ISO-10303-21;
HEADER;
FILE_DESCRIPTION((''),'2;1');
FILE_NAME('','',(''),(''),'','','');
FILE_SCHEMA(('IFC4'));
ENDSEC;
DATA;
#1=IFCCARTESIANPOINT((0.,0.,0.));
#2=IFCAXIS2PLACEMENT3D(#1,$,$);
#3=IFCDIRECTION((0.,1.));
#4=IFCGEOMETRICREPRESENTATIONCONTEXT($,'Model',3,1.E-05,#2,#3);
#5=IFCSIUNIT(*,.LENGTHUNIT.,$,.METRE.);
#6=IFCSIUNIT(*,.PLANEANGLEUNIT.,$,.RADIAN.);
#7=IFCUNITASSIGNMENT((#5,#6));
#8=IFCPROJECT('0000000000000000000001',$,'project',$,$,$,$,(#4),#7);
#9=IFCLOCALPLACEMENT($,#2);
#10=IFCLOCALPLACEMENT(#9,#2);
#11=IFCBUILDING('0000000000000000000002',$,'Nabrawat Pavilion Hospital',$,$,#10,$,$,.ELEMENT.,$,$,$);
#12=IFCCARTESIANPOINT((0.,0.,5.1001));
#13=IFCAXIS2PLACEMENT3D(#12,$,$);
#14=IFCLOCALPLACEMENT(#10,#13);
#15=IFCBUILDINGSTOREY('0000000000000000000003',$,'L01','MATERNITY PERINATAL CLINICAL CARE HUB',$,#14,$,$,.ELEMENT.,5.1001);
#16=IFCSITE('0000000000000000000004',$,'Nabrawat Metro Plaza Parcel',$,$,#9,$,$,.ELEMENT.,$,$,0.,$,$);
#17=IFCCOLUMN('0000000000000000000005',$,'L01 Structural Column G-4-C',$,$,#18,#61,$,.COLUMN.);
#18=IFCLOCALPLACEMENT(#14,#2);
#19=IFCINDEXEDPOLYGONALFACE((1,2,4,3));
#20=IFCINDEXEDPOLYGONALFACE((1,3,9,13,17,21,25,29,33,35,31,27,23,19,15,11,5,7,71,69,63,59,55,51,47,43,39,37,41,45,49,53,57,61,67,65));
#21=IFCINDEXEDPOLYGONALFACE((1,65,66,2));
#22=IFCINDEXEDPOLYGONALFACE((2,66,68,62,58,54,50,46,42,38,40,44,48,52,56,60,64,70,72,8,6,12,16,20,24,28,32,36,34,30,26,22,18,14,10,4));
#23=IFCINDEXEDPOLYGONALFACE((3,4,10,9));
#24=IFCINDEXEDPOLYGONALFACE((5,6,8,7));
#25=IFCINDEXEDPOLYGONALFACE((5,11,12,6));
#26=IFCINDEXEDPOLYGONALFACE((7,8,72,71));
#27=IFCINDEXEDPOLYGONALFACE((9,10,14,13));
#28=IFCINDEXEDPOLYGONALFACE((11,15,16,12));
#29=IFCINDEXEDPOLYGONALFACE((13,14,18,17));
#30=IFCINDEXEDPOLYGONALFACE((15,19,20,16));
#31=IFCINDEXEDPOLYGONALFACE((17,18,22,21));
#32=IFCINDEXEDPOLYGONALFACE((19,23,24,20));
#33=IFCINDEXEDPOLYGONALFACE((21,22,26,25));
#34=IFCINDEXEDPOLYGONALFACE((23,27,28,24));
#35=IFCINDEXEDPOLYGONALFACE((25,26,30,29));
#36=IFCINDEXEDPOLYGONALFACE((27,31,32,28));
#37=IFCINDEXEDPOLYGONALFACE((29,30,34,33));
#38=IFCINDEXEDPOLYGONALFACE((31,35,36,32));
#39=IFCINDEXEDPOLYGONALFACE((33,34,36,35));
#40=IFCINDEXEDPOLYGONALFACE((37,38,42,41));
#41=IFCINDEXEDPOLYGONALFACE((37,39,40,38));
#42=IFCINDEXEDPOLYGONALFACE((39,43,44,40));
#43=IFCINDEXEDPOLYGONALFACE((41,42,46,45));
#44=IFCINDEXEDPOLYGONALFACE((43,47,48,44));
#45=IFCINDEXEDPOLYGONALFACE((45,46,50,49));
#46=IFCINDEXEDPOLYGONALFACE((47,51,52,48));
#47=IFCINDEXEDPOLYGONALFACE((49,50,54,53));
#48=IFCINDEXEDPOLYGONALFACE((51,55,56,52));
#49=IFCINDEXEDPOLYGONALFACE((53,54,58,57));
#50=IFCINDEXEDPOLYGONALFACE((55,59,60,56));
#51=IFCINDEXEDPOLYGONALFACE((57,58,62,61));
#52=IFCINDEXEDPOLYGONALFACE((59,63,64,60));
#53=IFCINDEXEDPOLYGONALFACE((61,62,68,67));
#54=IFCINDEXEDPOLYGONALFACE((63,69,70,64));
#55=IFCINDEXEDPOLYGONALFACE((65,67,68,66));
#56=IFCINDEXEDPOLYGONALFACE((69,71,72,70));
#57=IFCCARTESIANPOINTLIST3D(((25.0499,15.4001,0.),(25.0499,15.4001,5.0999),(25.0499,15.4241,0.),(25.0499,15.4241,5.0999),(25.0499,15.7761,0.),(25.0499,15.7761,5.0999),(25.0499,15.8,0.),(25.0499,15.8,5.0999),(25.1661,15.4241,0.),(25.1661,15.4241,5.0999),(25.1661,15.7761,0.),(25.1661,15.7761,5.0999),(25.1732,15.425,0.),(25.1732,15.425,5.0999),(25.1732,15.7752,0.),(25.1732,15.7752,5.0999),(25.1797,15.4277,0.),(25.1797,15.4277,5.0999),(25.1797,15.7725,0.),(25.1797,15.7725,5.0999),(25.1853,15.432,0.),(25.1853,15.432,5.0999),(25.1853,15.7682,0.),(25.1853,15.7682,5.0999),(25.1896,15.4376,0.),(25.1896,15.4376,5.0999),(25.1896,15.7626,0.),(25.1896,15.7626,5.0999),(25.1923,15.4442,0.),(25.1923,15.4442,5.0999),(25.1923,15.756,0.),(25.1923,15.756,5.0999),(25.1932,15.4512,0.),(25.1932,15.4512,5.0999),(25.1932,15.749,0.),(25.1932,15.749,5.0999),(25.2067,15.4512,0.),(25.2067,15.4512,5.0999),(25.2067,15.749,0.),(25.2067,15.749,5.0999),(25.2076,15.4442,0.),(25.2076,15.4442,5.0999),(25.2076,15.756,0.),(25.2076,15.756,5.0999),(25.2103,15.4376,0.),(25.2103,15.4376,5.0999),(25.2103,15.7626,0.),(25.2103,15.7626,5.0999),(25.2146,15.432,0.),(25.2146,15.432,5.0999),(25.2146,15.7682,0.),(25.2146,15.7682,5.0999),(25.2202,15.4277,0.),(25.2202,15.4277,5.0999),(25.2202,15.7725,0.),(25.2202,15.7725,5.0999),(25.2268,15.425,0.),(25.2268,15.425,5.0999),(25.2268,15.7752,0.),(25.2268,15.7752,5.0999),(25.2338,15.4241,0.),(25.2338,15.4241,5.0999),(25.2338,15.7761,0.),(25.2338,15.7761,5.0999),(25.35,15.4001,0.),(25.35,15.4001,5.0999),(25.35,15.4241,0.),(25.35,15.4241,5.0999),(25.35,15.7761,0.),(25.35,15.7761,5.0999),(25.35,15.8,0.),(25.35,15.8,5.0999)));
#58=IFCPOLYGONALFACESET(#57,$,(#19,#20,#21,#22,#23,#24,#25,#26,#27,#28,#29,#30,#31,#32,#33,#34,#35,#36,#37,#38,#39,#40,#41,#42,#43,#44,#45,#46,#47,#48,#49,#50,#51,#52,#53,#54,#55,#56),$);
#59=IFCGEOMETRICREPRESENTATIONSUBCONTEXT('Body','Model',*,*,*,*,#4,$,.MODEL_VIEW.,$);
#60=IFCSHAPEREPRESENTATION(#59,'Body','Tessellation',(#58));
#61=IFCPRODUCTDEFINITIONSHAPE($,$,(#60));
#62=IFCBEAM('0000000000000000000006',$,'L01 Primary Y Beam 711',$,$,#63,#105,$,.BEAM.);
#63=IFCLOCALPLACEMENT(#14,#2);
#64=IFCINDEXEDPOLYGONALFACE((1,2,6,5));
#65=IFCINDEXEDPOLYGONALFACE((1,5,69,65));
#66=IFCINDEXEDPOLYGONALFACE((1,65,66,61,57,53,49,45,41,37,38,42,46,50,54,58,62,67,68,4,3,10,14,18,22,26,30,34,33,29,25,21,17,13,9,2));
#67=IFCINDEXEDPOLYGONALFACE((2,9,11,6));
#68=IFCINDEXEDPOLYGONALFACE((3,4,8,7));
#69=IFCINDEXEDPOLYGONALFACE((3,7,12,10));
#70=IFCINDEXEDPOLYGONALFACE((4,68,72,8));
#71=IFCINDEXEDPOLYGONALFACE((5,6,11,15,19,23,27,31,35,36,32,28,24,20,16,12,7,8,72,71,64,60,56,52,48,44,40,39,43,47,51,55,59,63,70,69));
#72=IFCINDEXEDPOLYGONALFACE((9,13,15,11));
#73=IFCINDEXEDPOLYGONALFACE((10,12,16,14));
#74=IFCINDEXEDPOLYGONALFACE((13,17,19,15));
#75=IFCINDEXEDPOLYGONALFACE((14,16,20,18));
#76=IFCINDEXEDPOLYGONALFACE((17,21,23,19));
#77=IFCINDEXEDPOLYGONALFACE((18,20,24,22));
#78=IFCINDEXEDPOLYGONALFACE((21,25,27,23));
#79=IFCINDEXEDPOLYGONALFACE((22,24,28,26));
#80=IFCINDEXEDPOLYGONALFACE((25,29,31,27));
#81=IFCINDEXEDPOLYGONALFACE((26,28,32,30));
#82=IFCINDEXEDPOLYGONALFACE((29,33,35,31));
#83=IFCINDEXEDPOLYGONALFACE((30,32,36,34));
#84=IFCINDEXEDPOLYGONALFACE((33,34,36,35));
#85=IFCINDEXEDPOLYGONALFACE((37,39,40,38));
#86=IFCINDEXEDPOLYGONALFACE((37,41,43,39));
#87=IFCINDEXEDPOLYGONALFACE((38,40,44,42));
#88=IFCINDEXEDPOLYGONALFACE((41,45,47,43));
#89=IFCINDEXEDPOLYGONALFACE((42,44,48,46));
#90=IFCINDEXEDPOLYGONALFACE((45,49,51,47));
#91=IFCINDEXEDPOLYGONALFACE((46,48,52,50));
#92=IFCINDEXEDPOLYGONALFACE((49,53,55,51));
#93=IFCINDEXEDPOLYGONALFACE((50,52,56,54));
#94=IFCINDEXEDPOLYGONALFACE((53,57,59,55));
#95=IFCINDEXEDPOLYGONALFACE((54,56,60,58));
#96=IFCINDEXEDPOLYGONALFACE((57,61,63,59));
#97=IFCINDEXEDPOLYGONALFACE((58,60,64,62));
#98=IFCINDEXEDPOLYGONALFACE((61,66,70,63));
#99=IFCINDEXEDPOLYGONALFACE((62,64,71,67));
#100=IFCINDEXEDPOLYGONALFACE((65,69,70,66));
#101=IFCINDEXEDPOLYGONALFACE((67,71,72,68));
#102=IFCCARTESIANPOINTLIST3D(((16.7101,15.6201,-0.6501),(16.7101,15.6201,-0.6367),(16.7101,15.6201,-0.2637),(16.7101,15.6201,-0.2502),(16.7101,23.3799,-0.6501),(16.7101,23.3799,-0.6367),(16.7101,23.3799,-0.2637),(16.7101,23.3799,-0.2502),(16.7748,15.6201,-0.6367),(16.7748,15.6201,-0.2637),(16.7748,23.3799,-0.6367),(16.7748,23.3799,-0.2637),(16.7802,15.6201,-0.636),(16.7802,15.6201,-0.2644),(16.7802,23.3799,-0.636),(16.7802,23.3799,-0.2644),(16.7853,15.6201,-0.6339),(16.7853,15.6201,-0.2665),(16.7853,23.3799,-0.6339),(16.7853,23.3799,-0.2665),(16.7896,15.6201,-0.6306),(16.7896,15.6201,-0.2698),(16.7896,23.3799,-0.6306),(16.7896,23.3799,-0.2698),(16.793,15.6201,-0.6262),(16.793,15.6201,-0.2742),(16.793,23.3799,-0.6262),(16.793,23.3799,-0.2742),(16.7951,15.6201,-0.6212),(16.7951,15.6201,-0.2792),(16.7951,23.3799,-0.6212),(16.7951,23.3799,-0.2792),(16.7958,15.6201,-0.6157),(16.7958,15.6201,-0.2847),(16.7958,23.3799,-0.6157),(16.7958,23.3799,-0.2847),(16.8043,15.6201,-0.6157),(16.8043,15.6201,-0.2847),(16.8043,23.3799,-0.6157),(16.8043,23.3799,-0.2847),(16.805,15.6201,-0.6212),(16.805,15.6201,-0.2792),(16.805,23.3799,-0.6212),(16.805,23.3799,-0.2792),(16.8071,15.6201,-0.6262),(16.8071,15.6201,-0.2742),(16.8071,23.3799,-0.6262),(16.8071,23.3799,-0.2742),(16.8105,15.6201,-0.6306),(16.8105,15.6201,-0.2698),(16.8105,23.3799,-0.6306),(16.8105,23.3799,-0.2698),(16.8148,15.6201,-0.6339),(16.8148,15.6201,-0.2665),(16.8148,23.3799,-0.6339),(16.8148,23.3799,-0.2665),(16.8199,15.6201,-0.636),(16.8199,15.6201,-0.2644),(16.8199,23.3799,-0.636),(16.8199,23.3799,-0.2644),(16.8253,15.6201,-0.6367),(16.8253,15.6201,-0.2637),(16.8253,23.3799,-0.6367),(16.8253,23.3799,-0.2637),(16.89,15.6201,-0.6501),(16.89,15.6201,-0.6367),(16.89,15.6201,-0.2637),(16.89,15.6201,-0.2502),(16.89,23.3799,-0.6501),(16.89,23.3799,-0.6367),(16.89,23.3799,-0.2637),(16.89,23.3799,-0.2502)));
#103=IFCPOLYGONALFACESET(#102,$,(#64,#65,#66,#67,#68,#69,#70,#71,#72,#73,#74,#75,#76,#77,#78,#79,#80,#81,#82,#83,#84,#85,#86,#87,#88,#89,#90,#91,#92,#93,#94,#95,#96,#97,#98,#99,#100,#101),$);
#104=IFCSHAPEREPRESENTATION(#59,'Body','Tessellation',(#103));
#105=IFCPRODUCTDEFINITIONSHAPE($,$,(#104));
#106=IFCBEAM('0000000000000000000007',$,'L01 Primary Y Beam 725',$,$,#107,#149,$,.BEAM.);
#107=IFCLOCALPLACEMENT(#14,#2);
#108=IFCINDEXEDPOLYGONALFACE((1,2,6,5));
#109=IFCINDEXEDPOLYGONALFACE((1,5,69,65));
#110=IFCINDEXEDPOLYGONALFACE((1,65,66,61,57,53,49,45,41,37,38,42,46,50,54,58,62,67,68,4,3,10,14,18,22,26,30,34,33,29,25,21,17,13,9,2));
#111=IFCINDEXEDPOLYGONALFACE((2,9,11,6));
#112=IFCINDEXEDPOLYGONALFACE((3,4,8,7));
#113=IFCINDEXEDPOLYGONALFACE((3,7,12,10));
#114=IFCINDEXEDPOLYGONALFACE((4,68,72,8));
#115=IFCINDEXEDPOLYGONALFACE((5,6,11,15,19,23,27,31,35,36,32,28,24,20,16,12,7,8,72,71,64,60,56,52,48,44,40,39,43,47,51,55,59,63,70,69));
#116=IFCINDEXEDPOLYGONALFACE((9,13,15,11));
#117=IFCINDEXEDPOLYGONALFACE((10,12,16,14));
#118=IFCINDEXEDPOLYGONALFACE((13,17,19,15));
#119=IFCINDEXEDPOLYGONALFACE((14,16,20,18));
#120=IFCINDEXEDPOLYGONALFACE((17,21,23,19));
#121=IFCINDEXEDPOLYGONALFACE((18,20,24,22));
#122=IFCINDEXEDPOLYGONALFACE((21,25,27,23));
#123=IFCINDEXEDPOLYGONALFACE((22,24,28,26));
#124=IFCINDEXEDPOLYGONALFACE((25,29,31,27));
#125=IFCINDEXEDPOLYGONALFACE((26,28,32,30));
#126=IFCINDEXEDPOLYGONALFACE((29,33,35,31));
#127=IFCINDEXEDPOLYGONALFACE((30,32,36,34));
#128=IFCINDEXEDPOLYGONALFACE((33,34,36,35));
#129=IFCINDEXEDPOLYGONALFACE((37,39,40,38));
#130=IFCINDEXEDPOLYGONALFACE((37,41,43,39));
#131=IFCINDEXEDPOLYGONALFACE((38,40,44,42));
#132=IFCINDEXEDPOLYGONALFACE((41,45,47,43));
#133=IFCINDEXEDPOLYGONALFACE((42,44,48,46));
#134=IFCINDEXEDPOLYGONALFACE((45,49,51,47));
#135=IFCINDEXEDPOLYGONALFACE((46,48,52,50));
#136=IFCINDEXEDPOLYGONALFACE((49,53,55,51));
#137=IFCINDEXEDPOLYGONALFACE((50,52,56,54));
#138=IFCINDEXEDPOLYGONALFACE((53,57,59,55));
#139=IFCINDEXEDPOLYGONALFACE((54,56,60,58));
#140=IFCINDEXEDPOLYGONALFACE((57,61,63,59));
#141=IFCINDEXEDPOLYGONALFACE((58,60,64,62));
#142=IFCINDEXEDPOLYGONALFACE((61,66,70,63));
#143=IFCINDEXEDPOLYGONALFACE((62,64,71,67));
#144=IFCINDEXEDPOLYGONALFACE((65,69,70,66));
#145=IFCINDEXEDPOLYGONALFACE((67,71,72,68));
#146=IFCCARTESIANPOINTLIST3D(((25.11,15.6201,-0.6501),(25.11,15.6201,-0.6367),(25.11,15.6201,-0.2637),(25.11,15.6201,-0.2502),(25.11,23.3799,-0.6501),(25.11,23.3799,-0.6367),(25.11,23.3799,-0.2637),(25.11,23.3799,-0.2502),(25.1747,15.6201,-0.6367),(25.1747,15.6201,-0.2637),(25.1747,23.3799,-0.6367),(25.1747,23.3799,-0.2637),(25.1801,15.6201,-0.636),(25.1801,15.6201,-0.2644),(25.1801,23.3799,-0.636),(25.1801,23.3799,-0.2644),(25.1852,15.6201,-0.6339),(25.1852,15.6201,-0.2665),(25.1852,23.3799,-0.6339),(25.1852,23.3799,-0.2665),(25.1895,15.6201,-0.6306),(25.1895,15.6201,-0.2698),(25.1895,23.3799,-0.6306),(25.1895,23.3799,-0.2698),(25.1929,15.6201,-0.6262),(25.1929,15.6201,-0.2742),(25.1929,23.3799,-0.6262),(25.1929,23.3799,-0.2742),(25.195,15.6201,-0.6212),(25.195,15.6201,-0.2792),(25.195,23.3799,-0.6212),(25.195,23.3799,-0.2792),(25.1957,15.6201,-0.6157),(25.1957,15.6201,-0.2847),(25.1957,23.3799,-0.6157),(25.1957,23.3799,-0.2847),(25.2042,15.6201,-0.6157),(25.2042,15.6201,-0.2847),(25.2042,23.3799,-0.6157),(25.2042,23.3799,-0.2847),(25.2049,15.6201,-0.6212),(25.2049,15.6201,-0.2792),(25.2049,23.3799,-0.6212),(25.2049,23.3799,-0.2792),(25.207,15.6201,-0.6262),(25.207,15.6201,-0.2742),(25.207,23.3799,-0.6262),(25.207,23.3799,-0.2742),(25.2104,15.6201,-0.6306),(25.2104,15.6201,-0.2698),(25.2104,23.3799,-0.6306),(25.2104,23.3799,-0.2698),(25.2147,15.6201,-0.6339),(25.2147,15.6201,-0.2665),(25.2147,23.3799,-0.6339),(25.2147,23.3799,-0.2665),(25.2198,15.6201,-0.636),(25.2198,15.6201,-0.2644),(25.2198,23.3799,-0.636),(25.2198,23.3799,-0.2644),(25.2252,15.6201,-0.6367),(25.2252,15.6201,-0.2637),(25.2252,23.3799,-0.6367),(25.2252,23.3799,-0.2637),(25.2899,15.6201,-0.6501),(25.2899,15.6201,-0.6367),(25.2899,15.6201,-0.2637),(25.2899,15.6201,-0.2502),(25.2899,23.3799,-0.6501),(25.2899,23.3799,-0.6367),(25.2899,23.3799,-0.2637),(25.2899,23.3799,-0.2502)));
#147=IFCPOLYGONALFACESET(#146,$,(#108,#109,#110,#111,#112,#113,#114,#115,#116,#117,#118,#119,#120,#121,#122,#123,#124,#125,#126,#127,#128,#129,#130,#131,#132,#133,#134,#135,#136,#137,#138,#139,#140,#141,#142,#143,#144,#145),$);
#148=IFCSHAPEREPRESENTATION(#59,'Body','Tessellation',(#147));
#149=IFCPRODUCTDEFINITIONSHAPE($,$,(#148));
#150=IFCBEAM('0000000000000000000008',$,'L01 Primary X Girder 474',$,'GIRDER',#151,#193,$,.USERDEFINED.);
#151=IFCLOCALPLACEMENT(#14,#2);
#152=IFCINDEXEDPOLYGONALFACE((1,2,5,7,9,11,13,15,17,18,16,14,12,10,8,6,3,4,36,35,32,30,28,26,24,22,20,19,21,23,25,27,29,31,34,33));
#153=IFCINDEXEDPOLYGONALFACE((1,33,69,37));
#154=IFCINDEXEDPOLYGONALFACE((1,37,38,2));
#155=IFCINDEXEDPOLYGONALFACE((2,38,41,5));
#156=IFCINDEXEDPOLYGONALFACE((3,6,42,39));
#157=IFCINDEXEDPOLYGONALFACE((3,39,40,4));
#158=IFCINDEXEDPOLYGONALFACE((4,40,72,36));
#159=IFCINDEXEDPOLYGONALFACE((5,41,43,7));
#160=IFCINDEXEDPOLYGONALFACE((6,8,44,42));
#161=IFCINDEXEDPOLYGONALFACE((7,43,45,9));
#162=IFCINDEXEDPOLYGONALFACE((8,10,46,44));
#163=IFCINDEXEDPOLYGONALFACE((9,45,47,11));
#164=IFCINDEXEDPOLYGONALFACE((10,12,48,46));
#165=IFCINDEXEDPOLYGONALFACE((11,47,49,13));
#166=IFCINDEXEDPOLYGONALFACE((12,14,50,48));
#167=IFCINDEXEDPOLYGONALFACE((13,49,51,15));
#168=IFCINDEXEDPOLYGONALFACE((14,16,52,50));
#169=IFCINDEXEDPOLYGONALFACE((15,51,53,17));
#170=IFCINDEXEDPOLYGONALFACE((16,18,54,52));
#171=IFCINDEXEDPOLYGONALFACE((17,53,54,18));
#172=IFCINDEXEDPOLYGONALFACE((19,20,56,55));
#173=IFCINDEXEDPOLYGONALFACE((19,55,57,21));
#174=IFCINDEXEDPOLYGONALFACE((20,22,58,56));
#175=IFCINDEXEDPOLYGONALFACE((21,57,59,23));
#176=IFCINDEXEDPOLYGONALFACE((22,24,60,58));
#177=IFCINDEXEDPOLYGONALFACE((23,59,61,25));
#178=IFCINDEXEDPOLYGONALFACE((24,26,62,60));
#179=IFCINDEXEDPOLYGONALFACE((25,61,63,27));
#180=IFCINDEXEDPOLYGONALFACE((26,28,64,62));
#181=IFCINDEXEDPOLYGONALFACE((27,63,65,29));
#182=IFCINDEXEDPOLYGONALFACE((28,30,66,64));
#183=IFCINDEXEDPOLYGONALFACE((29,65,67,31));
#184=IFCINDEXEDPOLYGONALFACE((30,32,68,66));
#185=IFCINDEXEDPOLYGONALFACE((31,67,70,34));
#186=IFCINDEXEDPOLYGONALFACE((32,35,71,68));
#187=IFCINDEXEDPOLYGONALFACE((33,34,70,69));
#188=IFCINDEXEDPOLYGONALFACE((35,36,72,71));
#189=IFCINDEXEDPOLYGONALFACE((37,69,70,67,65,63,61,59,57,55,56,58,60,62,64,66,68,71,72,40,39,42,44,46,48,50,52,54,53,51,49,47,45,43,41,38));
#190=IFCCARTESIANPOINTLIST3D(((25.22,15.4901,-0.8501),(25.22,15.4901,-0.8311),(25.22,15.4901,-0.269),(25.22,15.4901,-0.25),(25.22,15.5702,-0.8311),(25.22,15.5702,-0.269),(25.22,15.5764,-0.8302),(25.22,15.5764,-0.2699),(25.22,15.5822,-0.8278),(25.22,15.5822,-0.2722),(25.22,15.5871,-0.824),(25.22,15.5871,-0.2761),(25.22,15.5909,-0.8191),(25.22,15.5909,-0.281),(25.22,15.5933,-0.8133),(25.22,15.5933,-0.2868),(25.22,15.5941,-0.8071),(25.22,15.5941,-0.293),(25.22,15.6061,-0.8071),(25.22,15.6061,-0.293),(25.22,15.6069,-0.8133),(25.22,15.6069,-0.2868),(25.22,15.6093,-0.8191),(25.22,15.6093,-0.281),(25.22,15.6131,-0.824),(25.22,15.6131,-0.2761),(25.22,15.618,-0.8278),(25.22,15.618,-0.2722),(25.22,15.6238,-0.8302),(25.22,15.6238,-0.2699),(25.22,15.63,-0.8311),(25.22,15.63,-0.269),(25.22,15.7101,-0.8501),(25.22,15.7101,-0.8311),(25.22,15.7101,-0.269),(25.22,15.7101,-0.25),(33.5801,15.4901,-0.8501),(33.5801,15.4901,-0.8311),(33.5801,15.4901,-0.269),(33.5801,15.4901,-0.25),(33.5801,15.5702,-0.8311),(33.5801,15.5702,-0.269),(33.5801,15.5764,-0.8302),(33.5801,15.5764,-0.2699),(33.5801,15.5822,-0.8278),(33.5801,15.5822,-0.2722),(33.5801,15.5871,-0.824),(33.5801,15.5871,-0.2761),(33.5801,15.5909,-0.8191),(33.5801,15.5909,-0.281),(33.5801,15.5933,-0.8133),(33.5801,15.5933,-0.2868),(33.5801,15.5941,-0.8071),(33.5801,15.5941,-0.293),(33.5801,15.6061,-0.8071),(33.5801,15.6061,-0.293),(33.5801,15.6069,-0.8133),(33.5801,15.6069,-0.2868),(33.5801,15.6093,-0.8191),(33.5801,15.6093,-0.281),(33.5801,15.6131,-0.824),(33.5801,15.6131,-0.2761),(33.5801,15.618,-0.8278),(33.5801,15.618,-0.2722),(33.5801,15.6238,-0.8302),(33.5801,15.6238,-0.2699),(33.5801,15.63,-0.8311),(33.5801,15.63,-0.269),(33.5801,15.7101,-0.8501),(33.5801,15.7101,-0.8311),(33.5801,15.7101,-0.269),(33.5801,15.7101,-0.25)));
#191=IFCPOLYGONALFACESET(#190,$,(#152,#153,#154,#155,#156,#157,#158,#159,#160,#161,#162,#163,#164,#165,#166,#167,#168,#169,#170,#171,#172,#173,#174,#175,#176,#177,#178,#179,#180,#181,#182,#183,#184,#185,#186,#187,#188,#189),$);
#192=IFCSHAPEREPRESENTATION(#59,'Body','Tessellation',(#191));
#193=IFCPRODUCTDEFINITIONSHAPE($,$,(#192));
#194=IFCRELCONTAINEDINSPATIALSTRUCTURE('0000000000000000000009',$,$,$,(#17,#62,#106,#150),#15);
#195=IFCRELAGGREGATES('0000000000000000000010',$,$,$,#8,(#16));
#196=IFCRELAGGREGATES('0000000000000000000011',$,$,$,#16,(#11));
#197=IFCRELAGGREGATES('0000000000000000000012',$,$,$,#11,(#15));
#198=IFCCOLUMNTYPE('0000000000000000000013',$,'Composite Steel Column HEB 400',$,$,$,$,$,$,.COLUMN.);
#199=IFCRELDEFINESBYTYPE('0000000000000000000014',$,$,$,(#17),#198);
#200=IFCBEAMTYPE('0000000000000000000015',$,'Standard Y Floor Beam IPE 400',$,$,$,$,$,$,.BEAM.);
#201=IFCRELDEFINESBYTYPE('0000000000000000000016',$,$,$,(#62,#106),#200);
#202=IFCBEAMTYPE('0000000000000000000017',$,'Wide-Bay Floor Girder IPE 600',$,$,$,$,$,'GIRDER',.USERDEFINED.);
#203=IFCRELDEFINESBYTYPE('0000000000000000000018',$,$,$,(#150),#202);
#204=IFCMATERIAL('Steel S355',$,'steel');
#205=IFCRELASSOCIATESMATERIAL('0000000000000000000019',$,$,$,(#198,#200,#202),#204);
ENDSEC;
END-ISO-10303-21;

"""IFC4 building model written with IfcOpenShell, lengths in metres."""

from ifc_helpers import new_model, si_unit, direction, frame, origin, origin_2d, place, context, subcontext, project, spatial, i_section, extrude, material, material_profile, profile_set, type_object, element, save


model = new_model("IFC4")

# Units and contexts
model_context = context("Model", 3, precision=1e-05, world=origin(), true_north=direction((0.0, 1.0)))
body_context = subcontext(model_context, "Body", "Model", "MODEL_VIEW")
ifc_project = project(units=[si_unit("LENGTHUNIT", "METRE"), si_unit("PLANEANGLEUNIT", "RADIAN")], contexts=[model_context])

# Site, building, storey
site_placement = place(None, origin())
site = spatial("IfcSite", under=ifc_project, at=site_placement, Name="Nabrawat Metro Plaza Parcel", CompositionType="ELEMENT", RefElevation=0.0)
building_placement = place(site_placement, origin())
building = spatial("IfcBuilding", under=site, at=building_placement, Name="Nabrawat Pavilion Hospital", CompositionType="ELEMENT")
storey_placement = place(building_placement, frame((0.0, 0.0, 5.1001)))
storey = spatial("IfcBuildingStorey", under=building, at=storey_placement, Name="L01", Description="MATERNITY PERINATAL CLINICAL CARE HUB", CompositionType="ELEMENT", Elevation=5.1001)

# Column
ifc_material_1 = material(Name="Steel S355", Category="steel")
ifc_material_profile_1 = material_profile(ifc_material_1, i_section(OverallWidth=0.3, OverallDepth=0.3999, WebThickness=0.0134, FlangeThickness=0.0239, FilletRadius=0.0271, at=origin_2d()), Name="HEB 400")
ifc_profile_set_1 = profile_set([ifc_material_profile_1], Name="Steel S355")
column_type = type_object("IfcColumnType", Name="Composite Steel Column HEB 400", PredefinedType="COLUMN", material=ifc_profile_set_1)
column_placement = place(storey_placement, frame((25.2, 15.6001, 0.0), z_axis=(0.0, 0.0, 1.0), x_axis=(1.0, 0.0, 0.0)))
element("IfcColumn", 1, at=column_placement, inside=storey, type_object=column_type, Name="L01 Structural Column G-4-C", PredefinedType="COLUMN", context=body_context, shape_type="SweptSolid", body=[
    extrude(i_section(OverallWidth=0.3, OverallDepth=0.3999, WebThickness=0.0134, FlangeThickness=0.0239, FilletRadius=0.0271, at=origin_2d()), origin(), (0.0, 0.0, 1.0), 5.0999),
])

# Beams
ifc_material_profile_2 = material_profile(ifc_material_1, i_section(OverallWidth=0.1799, OverallDepth=0.3999, WebThickness=0.0085, FlangeThickness=0.0134, FilletRadius=0.021, at=origin_2d()), Name="IPE 400")
ifc_profile_set_2 = profile_set([ifc_material_profile_2], Name="Steel S355")
beam_type_1 = type_object("IfcBeamType", Name="Standard Y Floor Beam IPE 400", PredefinedType="BEAM", material=ifc_profile_set_2)
for number, where, z_axis, x_axis, name in (
    (2, (16.8, 15.6201, -0.4502), (0.0, 1.0, 0.0), (-1.0, 0.0, 0.0), "L01 Primary Y Beam 711"),
    (3, (25.2, 15.6201, -0.4502), (0.0, 1.0, 0.0), (-1.0, 0.0, 0.0), "L01 Primary Y Beam 725"),
):
    element("IfcBeam", number, at=place(storey_placement, frame(where, z_axis=z_axis, x_axis=x_axis)), inside=storey, type_object=beam_type_1, Name=name, PredefinedType="BEAM", context=body_context, shape_type="SweptSolid", body=[
        extrude(i_section(OverallWidth=0.1799, OverallDepth=0.3999, WebThickness=0.0085, FlangeThickness=0.0134, FilletRadius=0.021, at=origin_2d()), origin(), (0.0, 0.0, 1.0), 7.7598),
    ])
ifc_material_profile_3 = material_profile(ifc_material_1, i_section(OverallWidth=0.22, OverallDepth=0.6001, WebThickness=0.012, FlangeThickness=0.019, FilletRadius=0.0239, at=origin_2d()), Name="IPE 600")
ifc_profile_set_3 = profile_set([ifc_material_profile_3], Name="Steel S355")
beam_type_2 = type_object("IfcBeamType", Name="Wide-Bay Floor Girder IPE 600", ElementType="GIRDER", PredefinedType="USERDEFINED", material=ifc_profile_set_3)
beam_placement = place(storey_placement, frame((25.22, 15.6001, -0.55), z_axis=(1.0, 0.0, 0.0), x_axis=(0.0, 1.0, 0.0)))
element("IfcBeam", 4, at=beam_placement, inside=storey, type_object=beam_type_2, Name="L01 Primary X Girder 474", ObjectType="GIRDER", PredefinedType="USERDEFINED", context=body_context, shape_type="SweptSolid", body=[
    extrude(i_section(OverallWidth=0.22, OverallDepth=0.6001, WebThickness=0.012, FlangeThickness=0.019, FilletRadius=0.0239, at=origin_2d()), origin(), (0.0, 0.0, 1.0), 8.3601),
])

save(model, "model.ifc")
